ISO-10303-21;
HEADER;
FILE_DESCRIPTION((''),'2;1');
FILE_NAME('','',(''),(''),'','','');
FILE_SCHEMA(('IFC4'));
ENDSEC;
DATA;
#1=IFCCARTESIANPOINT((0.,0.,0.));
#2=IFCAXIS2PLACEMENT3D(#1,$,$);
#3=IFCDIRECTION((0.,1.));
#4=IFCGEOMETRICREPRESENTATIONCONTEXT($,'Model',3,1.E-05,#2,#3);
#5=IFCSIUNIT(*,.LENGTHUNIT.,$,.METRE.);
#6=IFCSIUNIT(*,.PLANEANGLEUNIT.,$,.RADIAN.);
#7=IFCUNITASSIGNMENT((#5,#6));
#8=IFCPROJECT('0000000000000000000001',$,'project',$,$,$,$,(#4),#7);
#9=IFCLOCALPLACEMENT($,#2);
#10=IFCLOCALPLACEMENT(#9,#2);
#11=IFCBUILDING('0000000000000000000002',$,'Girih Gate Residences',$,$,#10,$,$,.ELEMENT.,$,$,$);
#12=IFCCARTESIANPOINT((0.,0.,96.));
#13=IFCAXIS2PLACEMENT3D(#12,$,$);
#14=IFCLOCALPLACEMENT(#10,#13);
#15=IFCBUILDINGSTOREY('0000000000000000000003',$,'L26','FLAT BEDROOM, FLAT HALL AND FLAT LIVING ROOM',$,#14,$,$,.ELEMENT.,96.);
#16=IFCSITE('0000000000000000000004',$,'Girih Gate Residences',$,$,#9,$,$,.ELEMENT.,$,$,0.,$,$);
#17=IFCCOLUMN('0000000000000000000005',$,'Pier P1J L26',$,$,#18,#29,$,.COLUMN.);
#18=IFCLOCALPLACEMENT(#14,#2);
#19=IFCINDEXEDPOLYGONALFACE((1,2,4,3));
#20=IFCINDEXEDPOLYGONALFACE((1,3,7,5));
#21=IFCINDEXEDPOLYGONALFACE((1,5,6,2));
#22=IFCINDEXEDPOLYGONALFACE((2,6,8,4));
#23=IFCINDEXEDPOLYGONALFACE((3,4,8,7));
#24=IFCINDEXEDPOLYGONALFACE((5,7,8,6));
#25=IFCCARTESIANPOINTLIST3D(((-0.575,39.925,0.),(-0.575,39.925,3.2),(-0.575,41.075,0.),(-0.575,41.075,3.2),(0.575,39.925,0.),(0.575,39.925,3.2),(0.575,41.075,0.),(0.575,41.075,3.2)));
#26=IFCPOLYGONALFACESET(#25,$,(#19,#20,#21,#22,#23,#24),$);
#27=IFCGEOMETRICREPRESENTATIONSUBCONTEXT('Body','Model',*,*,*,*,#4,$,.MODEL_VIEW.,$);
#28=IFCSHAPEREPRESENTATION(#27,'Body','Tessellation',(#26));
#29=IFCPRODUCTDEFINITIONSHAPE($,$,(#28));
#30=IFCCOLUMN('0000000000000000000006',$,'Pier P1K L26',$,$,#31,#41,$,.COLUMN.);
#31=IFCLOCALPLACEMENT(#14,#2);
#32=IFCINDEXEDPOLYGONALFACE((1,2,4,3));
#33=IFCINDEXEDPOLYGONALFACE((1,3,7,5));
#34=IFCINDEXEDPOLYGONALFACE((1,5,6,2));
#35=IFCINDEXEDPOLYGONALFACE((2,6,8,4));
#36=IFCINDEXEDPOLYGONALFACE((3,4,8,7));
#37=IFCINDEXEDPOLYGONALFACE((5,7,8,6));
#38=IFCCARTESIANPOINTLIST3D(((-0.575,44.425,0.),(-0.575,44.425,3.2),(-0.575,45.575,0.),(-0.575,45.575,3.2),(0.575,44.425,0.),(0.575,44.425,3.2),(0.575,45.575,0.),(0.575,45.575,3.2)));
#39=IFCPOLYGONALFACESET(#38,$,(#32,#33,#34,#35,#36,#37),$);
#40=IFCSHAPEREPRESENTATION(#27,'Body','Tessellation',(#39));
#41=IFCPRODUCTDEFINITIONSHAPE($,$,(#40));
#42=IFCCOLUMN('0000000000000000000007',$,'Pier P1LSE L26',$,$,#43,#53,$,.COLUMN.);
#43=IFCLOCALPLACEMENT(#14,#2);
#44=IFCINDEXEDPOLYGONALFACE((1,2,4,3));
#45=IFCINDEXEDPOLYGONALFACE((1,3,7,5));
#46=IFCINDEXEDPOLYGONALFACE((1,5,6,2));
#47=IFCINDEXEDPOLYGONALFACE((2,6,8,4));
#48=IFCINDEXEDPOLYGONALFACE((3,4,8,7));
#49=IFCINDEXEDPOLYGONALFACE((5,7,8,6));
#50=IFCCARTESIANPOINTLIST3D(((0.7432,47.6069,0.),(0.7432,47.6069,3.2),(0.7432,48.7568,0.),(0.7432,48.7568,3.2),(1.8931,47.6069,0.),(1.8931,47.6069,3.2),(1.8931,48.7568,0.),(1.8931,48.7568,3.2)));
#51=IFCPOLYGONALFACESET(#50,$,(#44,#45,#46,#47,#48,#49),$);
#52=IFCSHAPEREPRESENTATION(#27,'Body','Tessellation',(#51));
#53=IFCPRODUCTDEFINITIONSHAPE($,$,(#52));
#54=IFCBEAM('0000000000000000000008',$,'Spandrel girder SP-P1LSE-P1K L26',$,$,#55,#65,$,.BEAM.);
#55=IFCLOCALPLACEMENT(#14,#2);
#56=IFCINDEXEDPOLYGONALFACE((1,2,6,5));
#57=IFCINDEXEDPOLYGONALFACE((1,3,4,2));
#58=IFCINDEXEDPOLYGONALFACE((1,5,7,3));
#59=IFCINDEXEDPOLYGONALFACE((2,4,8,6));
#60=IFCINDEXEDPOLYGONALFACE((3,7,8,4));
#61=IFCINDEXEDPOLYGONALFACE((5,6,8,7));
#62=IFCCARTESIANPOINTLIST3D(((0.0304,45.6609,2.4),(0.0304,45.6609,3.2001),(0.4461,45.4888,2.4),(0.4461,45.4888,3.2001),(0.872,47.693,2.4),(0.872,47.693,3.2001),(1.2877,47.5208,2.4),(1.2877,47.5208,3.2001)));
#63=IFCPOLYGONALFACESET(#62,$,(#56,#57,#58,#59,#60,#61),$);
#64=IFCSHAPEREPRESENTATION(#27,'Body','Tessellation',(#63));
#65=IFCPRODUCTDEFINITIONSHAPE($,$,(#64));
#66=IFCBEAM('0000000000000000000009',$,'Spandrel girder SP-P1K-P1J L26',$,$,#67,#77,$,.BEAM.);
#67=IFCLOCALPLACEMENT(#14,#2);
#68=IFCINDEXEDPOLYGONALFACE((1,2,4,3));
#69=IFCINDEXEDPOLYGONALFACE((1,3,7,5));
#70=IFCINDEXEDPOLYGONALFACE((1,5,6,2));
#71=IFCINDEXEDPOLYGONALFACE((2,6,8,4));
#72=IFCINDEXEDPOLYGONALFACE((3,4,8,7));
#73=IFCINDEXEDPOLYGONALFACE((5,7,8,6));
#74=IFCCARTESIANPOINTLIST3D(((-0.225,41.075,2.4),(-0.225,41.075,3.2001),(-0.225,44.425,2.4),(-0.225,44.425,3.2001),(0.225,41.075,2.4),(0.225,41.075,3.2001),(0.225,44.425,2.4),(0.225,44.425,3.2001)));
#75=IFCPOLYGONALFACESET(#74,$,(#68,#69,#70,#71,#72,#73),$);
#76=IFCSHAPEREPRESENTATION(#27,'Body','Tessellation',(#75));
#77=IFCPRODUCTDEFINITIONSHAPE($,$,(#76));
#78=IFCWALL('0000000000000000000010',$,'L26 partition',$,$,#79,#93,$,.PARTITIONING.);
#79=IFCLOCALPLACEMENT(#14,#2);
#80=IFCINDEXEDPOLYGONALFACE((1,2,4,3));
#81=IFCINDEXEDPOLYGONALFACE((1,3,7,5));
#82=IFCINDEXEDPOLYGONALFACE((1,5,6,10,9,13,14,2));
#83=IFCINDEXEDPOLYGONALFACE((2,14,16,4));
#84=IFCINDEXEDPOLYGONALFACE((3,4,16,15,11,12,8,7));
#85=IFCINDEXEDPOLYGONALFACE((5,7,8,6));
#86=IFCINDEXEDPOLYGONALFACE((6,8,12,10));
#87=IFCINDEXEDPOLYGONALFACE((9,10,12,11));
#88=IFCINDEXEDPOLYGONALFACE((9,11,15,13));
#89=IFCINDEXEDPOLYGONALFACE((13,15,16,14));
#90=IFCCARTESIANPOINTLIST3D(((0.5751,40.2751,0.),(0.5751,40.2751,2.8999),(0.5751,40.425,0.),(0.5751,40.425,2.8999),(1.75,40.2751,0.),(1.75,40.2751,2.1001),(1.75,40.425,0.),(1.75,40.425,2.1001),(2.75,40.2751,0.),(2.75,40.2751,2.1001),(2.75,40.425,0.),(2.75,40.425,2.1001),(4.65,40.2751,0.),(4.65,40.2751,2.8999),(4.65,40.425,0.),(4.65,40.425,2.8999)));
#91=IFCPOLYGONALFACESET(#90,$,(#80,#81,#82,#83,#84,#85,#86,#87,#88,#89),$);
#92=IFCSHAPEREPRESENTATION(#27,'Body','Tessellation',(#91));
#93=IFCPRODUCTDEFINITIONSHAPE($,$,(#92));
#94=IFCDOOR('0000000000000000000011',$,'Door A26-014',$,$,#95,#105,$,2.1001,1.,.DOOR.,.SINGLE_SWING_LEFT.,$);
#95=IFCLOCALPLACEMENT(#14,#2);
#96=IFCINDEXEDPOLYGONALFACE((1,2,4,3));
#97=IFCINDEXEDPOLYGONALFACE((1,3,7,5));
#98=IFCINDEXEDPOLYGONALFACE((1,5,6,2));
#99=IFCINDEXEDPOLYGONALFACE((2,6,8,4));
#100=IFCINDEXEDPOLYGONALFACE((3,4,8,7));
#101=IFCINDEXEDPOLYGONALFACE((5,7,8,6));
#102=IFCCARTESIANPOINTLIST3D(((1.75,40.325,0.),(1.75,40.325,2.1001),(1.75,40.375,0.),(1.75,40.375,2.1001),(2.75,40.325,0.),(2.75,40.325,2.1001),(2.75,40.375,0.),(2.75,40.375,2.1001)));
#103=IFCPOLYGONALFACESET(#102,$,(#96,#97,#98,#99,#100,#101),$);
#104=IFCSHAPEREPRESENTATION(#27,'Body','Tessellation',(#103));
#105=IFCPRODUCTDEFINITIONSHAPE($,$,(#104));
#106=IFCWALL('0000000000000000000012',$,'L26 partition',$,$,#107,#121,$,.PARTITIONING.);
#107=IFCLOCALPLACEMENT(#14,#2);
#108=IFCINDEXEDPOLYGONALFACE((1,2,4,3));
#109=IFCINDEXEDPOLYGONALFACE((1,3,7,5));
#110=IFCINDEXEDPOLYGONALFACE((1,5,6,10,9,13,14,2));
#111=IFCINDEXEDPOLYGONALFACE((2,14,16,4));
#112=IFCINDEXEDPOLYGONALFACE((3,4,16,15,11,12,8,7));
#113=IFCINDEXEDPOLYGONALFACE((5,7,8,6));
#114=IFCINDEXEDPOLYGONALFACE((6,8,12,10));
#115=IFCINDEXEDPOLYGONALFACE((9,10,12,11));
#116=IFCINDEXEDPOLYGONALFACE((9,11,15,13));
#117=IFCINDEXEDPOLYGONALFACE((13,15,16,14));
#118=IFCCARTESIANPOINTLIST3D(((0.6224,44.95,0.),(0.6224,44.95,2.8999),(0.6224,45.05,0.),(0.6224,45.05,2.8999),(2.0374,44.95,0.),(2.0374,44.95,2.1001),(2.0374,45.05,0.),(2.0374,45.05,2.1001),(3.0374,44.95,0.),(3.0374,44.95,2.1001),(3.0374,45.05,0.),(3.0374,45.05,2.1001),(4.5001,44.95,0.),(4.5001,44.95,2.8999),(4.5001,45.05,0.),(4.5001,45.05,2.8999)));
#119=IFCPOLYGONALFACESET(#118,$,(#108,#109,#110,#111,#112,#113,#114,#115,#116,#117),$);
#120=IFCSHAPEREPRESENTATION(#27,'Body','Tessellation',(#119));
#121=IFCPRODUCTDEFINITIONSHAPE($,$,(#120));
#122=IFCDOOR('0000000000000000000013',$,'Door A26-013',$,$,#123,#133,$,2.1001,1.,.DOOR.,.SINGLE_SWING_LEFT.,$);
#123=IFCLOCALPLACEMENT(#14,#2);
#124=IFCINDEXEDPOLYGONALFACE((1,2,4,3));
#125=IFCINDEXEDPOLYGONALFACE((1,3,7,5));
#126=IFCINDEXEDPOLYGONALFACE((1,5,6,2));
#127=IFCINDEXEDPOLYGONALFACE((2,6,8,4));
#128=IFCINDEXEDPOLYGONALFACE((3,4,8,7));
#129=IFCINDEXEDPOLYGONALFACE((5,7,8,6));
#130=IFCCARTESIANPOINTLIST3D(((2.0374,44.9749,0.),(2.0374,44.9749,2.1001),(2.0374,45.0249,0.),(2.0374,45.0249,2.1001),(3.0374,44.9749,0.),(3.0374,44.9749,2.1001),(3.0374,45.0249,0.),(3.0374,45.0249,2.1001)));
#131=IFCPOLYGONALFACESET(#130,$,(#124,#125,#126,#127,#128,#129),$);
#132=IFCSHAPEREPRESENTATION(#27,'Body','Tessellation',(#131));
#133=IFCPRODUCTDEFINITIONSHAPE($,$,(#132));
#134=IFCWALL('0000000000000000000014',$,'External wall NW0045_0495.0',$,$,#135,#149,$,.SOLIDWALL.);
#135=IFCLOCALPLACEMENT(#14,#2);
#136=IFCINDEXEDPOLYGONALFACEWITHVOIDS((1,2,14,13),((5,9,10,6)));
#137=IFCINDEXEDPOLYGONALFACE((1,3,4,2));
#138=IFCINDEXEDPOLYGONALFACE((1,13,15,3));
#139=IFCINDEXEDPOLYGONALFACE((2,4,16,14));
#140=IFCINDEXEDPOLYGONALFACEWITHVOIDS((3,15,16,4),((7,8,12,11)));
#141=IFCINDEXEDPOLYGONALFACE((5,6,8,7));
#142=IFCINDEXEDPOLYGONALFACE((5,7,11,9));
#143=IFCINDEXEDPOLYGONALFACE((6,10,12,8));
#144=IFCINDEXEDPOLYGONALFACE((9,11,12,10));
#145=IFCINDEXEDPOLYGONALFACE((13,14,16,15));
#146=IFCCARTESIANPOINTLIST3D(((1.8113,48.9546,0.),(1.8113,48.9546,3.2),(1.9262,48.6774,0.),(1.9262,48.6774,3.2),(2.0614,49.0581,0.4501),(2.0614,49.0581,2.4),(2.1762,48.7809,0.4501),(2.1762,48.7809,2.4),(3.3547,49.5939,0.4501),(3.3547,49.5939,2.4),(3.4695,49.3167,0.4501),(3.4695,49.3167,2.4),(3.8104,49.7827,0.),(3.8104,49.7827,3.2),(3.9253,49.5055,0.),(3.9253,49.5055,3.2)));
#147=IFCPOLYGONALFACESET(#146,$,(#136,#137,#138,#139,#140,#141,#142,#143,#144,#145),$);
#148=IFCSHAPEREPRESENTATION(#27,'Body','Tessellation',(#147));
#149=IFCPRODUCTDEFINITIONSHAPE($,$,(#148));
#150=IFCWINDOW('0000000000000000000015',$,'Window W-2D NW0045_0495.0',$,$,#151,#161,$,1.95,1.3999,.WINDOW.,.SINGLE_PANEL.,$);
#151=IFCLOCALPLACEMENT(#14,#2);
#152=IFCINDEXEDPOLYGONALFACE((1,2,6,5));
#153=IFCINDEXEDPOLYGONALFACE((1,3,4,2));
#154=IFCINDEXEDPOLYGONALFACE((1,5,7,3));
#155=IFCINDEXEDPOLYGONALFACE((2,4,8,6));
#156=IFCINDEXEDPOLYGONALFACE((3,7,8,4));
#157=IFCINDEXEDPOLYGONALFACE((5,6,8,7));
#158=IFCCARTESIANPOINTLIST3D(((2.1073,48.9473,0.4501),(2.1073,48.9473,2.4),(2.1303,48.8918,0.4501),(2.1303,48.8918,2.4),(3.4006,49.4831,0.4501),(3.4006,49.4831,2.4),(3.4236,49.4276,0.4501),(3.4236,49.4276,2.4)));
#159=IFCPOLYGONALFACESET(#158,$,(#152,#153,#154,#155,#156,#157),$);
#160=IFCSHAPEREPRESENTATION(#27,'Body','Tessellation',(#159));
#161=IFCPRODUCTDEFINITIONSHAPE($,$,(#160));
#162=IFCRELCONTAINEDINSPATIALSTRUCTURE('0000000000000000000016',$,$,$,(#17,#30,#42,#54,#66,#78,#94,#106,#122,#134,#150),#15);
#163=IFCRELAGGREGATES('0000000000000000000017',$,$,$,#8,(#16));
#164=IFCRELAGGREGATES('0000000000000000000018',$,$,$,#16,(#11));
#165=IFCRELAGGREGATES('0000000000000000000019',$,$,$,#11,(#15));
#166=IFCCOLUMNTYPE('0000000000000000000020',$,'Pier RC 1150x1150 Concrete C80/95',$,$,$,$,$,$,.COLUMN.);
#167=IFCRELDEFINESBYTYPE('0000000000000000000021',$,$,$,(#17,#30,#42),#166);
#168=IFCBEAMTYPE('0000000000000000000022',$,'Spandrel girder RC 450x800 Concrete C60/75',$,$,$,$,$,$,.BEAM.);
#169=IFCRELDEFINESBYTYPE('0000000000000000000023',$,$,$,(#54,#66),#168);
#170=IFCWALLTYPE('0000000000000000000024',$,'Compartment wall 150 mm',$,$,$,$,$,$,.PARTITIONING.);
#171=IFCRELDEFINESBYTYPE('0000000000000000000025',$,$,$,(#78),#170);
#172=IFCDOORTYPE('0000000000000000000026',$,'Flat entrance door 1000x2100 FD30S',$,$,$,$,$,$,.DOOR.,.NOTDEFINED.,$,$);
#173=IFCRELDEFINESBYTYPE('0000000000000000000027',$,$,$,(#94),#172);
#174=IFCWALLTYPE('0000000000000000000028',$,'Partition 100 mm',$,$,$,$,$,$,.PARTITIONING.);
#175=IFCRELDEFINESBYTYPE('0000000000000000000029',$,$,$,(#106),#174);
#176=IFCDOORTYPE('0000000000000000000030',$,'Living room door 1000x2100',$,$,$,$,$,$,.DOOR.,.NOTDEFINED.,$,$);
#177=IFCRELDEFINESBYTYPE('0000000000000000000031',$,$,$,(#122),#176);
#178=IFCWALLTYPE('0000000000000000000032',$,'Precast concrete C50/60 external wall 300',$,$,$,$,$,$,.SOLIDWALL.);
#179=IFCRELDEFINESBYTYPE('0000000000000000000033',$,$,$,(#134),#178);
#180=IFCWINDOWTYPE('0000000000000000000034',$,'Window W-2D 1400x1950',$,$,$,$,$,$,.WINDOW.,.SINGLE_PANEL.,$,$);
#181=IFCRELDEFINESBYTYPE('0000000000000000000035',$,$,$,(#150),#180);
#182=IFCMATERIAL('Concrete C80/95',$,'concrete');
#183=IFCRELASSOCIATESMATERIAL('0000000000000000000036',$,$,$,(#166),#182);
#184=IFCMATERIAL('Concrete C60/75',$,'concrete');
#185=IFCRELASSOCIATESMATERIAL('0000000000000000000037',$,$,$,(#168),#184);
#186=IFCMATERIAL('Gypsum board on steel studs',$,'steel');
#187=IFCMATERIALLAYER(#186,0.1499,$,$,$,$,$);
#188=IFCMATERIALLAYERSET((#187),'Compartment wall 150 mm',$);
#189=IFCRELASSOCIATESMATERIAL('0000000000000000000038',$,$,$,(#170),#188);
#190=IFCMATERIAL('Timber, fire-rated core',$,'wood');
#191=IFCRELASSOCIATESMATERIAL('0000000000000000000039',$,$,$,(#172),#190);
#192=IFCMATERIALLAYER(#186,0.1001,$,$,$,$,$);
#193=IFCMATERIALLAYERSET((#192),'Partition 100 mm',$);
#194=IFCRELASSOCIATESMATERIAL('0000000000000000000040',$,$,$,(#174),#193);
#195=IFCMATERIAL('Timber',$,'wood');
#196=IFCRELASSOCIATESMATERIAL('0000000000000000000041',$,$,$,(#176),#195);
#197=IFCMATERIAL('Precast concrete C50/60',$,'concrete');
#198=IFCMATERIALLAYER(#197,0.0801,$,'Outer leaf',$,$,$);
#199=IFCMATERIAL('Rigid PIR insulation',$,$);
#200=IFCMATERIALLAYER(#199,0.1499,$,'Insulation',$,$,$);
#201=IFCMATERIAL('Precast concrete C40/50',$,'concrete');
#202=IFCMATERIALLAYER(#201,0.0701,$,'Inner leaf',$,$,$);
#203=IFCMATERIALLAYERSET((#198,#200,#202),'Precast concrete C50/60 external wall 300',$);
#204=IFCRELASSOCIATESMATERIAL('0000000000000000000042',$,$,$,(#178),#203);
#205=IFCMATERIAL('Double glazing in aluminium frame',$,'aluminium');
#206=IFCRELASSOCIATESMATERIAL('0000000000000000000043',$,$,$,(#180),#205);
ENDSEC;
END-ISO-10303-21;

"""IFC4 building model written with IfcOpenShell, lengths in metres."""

from ifc_helpers import new_model, si_unit, direction, frame, frame_2d, origin, origin_2d, place, context, subcontext, project, spatial, rectangle, extrude, material, layer, layer_set, material_profile, profile_set, type_object, element, fill, save


model = new_model("IFC4")

# Units and contexts
model_context = context("Model", 3, precision=1e-05, world=origin(), true_north=direction((0.0, 1.0)))
body_context = subcontext(model_context, "Body", "Model", "MODEL_VIEW")
ifc_project = project(units=[si_unit("LENGTHUNIT", "METRE"), si_unit("PLANEANGLEUNIT", "RADIAN")], contexts=[model_context])

# Site, building, storey
site_placement = place(None, origin())
site = spatial("IfcSite", under=ifc_project, at=site_placement, Name="Girih Gate Residences", CompositionType="ELEMENT", RefElevation=0.0)
building_placement = place(site_placement, origin())
building = spatial("IfcBuilding", under=site, at=building_placement, Name="Girih Gate Residences", CompositionType="ELEMENT")
storey_placement = place(building_placement, frame((0.0, 0.0, 96.0)))
storey = spatial("IfcBuildingStorey", under=building, at=storey_placement, Name="L26", Description="FLAT BEDROOM, FLAT HALL AND FLAT LIVING ROOM", CompositionType="ELEMENT", Elevation=96.0)

# Columns
ifc_material_1 = material(Name="Concrete C80/95", Category="concrete")
ifc_material_profile_1 = material_profile(ifc_material_1, rectangle(XDim=1.1499, YDim=1.1499, at=origin_2d()))
ifc_profile_set_1 = profile_set([ifc_material_profile_1], Name="Concrete C80/95")
column_type = type_object("IfcColumnType", Name="Pier RC 1150x1150 Concrete C80/95", PredefinedType="COLUMN", material=ifc_profile_set_1)
for number, where, z_axis, x_axis, name in (
    (1, (0.0, 40.5, 0.0), (0.0, 0.0, 1.0), (1.0, 0.0, 0.0), "Pier P1J L26"),
    (2, (0.0, 45.0, 0.0), (0.0, 0.0, 1.0), (1.0, 0.0, 0.0), "Pier P1K L26"),
    (3, (1.3181, 48.1819, 0.0), (0.0, 0.0, 1.0), (1.0, 0.0, 0.0), "Pier P1LSE L26"),
):
    element("IfcColumn", number, at=place(storey_placement, frame(where, z_axis=z_axis, x_axis=x_axis)), inside=storey, type_object=column_type, Name=name, PredefinedType="COLUMN", context=body_context, shape_type="SweptSolid", body=[
        extrude(rectangle(XDim=1.1499, YDim=1.1499, at=origin_2d()), origin(), (0.0, 0.0, 1.0), 3.2),
    ])

# Beams
ifc_material_2 = material(Name="Concrete C60/75", Category="concrete")
ifc_material_profile_2 = material_profile(ifc_material_2, rectangle(XDim=0.45, YDim=0.8, at=origin_2d()))
ifc_profile_set_2 = profile_set([ifc_material_profile_2], Name="Concrete C60/75")
beam_type = type_object("IfcBeamType", Name="Spandrel girder RC 450x800 Concrete C60/75", PredefinedType="BEAM", material=ifc_profile_set_2)
beam_1_placement = place(storey_placement, frame((1.0798, 47.6069, 2.8), z_axis=(-0.382636, -0.923899, 0.0), x_axis=(0.923899, -0.382636, 0.0)))
element("IfcBeam", 4, at=beam_1_placement, inside=storey, type_object=beam_type, Name="Spandrel girder SP-P1LSE-P1K L26", PredefinedType="BEAM", context=body_context, shape_type="SweptSolid", body=[
    extrude(rectangle(XDim=0.45, YDim=0.8, at=origin_2d()), origin(), (0.0, 0.0, 1.0), 2.1995),
])
beam_2_placement = place(storey_placement, frame((0.0, 44.425, 2.8), z_axis=(0.0, -1.0, 0.0), x_axis=(1.0, 0.0, 0.0)))
element("IfcBeam", 5, at=beam_2_placement, inside=storey, type_object=beam_type, Name="Spandrel girder SP-P1K-P1J L26", PredefinedType="BEAM", context=body_context, shape_type="SweptSolid", body=[
    extrude(rectangle(XDim=0.45, YDim=0.8, at=origin_2d()), origin(), (0.0, 0.0, 1.0), 3.3501),
])

# Walls, openings, doors
ifc_material_3 = material(Name="Gypsum board on steel studs", Category="steel")
ifc_layer_1 = layer(ifc_material_3, 0.1499)
ifc_layer_set_1 = layer_set([ifc_layer_1], Name="Compartment wall 150 mm")
wall_type_1 = type_object("IfcWallType", Name="Compartment wall 150 mm", PredefinedType="PARTITIONING", material=ifc_layer_set_1)
wall_1_placement = place(storey_placement, frame((0.575, 40.3501, 0.0), z_axis=(0.0, 0.0, 1.0), x_axis=(1.0, 0.0, 0.0)))
wall_1 = element("IfcWall", 6, at=wall_1_placement, inside=storey, type_object=wall_type_1, Name="L26 partition", PredefinedType="PARTITIONING", context=body_context, shape_type="SweptSolid", body=[
    extrude(rectangle(XDim=4.075, YDim=0.1499, at=frame_2d((2.0376, 0.0))), origin(), (0.0, 0.0, 1.0), 2.8999),
])
opening_1_placement = place(wall_1_placement, frame((1.175, 0.0, 0.0)))
opening_1 = element("IfcOpeningElement", 7, at=opening_1_placement, cuts=wall_1, PredefinedType="OPENING", context=body_context, shape_type="SweptSolid", body=[
    extrude(rectangle(XDim=1.0, YDim=2.1001, at=frame_2d((0.5, 1.05))), frame((0.0, 0.085, 0.0), z_axis=(0.0, -1.0, 0.0), x_axis=(1.0, 0.0, 0.0)), (0.0, 0.0, 1.0), 0.1699),
])
ifc_material_4 = material(Name="Timber, fire-rated core", Category="wood")
door_type_1 = type_object("IfcDoorType", Name="Flat entrance door 1000x2100 FD30S", OperationType="NOTDEFINED", PredefinedType="DOOR", material=ifc_material_4)
door_1_placement = place(opening_1_placement, origin())
door_1 = element("IfcDoor", 8, at=door_1_placement, inside=storey, type_object=door_type_1, Name="Door A26-014", OperationType="SINGLE_SWING_LEFT", OverallHeight=2.1001, OverallWidth=1.0, PredefinedType="DOOR", context=body_context, shape_type="SweptSolid", body=[
    extrude(rectangle(XDim=1.0, YDim=2.1001, at=frame_2d((0.5, 1.05))), frame((0.0, 0.0249, 0.0), z_axis=(0.0, -1.0, 0.0), x_axis=(1.0, 0.0, 0.0)), (0.0, 0.0, 1.0), 0.05),
])
fill(opening_1, door_1)
ifc_layer_2 = layer(ifc_material_3, 0.1001)
ifc_layer_set_2 = layer_set([ifc_layer_2], Name="Partition 100 mm")
wall_type_2 = type_object("IfcWallType", Name="Partition 100 mm", PredefinedType="PARTITIONING", material=ifc_layer_set_2)
wall_2_placement = place(storey_placement, frame((0.6223, 45.0, 0.0), z_axis=(0.0, 0.0, 1.0), x_axis=(1.0, 0.0, 0.0)))
wall_2 = element("IfcWall", 9, at=wall_2_placement, inside=storey, type_object=wall_type_2, Name="L26 partition", PredefinedType="PARTITIONING", context=body_context, shape_type="SweptSolid", body=[
    extrude(rectangle(XDim=3.8777, YDim=0.1001, at=frame_2d((1.939, 0.0))), origin(), (0.0, 0.0, 1.0), 2.8999),
])
opening_2_placement = place(wall_2_placement, frame((1.415, 0.0, 0.0)))
opening_2 = element("IfcOpeningElement", 10, at=opening_2_placement, cuts=wall_2, PredefinedType="OPENING", context=body_context, shape_type="SweptSolid", body=[
    extrude(rectangle(XDim=1.0, YDim=2.1001, at=frame_2d((0.5, 1.05))), frame((0.0, 0.0601, 0.0), z_axis=(0.0, -1.0, 0.0), x_axis=(1.0, 0.0, 0.0)), (0.0, 0.0, 1.0), 0.1201),
])
ifc_material_5 = material(Name="Timber", Category="wood")
door_type_2 = type_object("IfcDoorType", Name="Living room door 1000x2100", OperationType="NOTDEFINED", PredefinedType="DOOR", material=ifc_material_5)
door_2_placement = place(opening_2_placement, origin())
door_2 = element("IfcDoor", 11, at=door_2_placement, inside=storey, type_object=door_type_2, Name="Door A26-013", OperationType="SINGLE_SWING_LEFT", OverallHeight=2.1001, OverallWidth=1.0, PredefinedType="DOOR", context=body_context, shape_type="SweptSolid", body=[
    extrude(rectangle(XDim=1.0, YDim=2.1001, at=frame_2d((0.5, 1.05))), frame((0.0, 0.0249, 0.0), z_axis=(0.0, -1.0, 0.0), x_axis=(1.0, 0.0, 0.0)), (0.0, 0.0, 1.0), 0.05),
])
fill(opening_2, door_2)

# Wall, opening, window
ifc_material_6 = material(Name="Precast concrete C50/60", Category="concrete")
ifc_layer_3 = layer(ifc_material_6, 0.0801, Name="Outer leaf")
ifc_material_7 = material(Name="Rigid PIR insulation")
ifc_layer_4 = layer(ifc_material_7, 0.1499, Name="Insulation")
ifc_material_8 = material(Name="Precast concrete C40/50", Category="concrete")
ifc_layer_5 = layer(ifc_material_8, 0.0701, Name="Inner leaf")
ifc_layer_set_3 = layer_set([ifc_layer_3, ifc_layer_4, ifc_layer_5], Name="Precast concrete C50/60 external wall 300")
wall_type_3 = type_object("IfcWallType", Name="Precast concrete C50/60 external wall 300", PredefinedType="SOLIDWALL", material=ifc_layer_set_3)
wall_3_placement = place(storey_placement, frame((1.8687, 48.8159, 0.0), z_axis=(0.0, 0.0, 1.0), x_axis=(0.923863, 0.382724, 0.0)))
wall_3 = element("IfcWall", 12, at=wall_3_placement, inside=storey, type_object=wall_type_3, Name="External wall NW0045_0495.0", PredefinedType="SOLIDWALL", context=body_context, shape_type="SweptSolid", body=[
    extrude(rectangle(XDim=2.1638, YDim=0.3, at=frame_2d((1.082, 0.0))), origin(), (0.0, 0.0, 1.0), 3.2),
])
opening_3_placement = place(wall_3_placement, frame((0.2708, 0.0, 0.45)))
opening_3 = element("IfcOpeningElement", 13, at=opening_3_placement, cuts=wall_3, PredefinedType="OPENING", context=body_context, shape_type="SweptSolid", body=[
    extrude(rectangle(XDim=1.3999, YDim=1.95, at=frame_2d((0.7, 0.9751))), frame((0.0, 0.1599, 0.0), z_axis=(0.0, -1.0, 0.0), x_axis=(1.0, 0.0, 0.0)), (0.0, 0.0, 1.0), 0.3201),
])
ifc_material_9 = material(Name="Double glazing in aluminium frame", Category="aluminium")
window_type_1 = type_object("IfcWindowType", Name="Window W-2D 1400x1950", PartitioningType="SINGLE_PANEL", PredefinedType="WINDOW", material=ifc_material_9)
window_1_placement = place(opening_3_placement, origin())
window_1 = element("IfcWindow", 14, at=window_1_placement, inside=storey, type_object=window_type_1, Name="Window W-2D NW0045_0495.0", OverallHeight=1.95, OverallWidth=1.3999, PartitioningType="SINGLE_PANEL", PredefinedType="WINDOW", context=body_context, shape_type="SweptSolid", body=[
    extrude(rectangle(XDim=1.3999, YDim=1.95, at=frame_2d((0.7, 0.9751))), frame((0.0, 0.03, 0.0), z_axis=(0.0, -1.0, 0.0), x_axis=(1.0, 0.0, 0.0)), (0.0, 0.0, 1.0), 0.0601),
])
fill(opening_3, window_1)

save(model, "model.ifc")
